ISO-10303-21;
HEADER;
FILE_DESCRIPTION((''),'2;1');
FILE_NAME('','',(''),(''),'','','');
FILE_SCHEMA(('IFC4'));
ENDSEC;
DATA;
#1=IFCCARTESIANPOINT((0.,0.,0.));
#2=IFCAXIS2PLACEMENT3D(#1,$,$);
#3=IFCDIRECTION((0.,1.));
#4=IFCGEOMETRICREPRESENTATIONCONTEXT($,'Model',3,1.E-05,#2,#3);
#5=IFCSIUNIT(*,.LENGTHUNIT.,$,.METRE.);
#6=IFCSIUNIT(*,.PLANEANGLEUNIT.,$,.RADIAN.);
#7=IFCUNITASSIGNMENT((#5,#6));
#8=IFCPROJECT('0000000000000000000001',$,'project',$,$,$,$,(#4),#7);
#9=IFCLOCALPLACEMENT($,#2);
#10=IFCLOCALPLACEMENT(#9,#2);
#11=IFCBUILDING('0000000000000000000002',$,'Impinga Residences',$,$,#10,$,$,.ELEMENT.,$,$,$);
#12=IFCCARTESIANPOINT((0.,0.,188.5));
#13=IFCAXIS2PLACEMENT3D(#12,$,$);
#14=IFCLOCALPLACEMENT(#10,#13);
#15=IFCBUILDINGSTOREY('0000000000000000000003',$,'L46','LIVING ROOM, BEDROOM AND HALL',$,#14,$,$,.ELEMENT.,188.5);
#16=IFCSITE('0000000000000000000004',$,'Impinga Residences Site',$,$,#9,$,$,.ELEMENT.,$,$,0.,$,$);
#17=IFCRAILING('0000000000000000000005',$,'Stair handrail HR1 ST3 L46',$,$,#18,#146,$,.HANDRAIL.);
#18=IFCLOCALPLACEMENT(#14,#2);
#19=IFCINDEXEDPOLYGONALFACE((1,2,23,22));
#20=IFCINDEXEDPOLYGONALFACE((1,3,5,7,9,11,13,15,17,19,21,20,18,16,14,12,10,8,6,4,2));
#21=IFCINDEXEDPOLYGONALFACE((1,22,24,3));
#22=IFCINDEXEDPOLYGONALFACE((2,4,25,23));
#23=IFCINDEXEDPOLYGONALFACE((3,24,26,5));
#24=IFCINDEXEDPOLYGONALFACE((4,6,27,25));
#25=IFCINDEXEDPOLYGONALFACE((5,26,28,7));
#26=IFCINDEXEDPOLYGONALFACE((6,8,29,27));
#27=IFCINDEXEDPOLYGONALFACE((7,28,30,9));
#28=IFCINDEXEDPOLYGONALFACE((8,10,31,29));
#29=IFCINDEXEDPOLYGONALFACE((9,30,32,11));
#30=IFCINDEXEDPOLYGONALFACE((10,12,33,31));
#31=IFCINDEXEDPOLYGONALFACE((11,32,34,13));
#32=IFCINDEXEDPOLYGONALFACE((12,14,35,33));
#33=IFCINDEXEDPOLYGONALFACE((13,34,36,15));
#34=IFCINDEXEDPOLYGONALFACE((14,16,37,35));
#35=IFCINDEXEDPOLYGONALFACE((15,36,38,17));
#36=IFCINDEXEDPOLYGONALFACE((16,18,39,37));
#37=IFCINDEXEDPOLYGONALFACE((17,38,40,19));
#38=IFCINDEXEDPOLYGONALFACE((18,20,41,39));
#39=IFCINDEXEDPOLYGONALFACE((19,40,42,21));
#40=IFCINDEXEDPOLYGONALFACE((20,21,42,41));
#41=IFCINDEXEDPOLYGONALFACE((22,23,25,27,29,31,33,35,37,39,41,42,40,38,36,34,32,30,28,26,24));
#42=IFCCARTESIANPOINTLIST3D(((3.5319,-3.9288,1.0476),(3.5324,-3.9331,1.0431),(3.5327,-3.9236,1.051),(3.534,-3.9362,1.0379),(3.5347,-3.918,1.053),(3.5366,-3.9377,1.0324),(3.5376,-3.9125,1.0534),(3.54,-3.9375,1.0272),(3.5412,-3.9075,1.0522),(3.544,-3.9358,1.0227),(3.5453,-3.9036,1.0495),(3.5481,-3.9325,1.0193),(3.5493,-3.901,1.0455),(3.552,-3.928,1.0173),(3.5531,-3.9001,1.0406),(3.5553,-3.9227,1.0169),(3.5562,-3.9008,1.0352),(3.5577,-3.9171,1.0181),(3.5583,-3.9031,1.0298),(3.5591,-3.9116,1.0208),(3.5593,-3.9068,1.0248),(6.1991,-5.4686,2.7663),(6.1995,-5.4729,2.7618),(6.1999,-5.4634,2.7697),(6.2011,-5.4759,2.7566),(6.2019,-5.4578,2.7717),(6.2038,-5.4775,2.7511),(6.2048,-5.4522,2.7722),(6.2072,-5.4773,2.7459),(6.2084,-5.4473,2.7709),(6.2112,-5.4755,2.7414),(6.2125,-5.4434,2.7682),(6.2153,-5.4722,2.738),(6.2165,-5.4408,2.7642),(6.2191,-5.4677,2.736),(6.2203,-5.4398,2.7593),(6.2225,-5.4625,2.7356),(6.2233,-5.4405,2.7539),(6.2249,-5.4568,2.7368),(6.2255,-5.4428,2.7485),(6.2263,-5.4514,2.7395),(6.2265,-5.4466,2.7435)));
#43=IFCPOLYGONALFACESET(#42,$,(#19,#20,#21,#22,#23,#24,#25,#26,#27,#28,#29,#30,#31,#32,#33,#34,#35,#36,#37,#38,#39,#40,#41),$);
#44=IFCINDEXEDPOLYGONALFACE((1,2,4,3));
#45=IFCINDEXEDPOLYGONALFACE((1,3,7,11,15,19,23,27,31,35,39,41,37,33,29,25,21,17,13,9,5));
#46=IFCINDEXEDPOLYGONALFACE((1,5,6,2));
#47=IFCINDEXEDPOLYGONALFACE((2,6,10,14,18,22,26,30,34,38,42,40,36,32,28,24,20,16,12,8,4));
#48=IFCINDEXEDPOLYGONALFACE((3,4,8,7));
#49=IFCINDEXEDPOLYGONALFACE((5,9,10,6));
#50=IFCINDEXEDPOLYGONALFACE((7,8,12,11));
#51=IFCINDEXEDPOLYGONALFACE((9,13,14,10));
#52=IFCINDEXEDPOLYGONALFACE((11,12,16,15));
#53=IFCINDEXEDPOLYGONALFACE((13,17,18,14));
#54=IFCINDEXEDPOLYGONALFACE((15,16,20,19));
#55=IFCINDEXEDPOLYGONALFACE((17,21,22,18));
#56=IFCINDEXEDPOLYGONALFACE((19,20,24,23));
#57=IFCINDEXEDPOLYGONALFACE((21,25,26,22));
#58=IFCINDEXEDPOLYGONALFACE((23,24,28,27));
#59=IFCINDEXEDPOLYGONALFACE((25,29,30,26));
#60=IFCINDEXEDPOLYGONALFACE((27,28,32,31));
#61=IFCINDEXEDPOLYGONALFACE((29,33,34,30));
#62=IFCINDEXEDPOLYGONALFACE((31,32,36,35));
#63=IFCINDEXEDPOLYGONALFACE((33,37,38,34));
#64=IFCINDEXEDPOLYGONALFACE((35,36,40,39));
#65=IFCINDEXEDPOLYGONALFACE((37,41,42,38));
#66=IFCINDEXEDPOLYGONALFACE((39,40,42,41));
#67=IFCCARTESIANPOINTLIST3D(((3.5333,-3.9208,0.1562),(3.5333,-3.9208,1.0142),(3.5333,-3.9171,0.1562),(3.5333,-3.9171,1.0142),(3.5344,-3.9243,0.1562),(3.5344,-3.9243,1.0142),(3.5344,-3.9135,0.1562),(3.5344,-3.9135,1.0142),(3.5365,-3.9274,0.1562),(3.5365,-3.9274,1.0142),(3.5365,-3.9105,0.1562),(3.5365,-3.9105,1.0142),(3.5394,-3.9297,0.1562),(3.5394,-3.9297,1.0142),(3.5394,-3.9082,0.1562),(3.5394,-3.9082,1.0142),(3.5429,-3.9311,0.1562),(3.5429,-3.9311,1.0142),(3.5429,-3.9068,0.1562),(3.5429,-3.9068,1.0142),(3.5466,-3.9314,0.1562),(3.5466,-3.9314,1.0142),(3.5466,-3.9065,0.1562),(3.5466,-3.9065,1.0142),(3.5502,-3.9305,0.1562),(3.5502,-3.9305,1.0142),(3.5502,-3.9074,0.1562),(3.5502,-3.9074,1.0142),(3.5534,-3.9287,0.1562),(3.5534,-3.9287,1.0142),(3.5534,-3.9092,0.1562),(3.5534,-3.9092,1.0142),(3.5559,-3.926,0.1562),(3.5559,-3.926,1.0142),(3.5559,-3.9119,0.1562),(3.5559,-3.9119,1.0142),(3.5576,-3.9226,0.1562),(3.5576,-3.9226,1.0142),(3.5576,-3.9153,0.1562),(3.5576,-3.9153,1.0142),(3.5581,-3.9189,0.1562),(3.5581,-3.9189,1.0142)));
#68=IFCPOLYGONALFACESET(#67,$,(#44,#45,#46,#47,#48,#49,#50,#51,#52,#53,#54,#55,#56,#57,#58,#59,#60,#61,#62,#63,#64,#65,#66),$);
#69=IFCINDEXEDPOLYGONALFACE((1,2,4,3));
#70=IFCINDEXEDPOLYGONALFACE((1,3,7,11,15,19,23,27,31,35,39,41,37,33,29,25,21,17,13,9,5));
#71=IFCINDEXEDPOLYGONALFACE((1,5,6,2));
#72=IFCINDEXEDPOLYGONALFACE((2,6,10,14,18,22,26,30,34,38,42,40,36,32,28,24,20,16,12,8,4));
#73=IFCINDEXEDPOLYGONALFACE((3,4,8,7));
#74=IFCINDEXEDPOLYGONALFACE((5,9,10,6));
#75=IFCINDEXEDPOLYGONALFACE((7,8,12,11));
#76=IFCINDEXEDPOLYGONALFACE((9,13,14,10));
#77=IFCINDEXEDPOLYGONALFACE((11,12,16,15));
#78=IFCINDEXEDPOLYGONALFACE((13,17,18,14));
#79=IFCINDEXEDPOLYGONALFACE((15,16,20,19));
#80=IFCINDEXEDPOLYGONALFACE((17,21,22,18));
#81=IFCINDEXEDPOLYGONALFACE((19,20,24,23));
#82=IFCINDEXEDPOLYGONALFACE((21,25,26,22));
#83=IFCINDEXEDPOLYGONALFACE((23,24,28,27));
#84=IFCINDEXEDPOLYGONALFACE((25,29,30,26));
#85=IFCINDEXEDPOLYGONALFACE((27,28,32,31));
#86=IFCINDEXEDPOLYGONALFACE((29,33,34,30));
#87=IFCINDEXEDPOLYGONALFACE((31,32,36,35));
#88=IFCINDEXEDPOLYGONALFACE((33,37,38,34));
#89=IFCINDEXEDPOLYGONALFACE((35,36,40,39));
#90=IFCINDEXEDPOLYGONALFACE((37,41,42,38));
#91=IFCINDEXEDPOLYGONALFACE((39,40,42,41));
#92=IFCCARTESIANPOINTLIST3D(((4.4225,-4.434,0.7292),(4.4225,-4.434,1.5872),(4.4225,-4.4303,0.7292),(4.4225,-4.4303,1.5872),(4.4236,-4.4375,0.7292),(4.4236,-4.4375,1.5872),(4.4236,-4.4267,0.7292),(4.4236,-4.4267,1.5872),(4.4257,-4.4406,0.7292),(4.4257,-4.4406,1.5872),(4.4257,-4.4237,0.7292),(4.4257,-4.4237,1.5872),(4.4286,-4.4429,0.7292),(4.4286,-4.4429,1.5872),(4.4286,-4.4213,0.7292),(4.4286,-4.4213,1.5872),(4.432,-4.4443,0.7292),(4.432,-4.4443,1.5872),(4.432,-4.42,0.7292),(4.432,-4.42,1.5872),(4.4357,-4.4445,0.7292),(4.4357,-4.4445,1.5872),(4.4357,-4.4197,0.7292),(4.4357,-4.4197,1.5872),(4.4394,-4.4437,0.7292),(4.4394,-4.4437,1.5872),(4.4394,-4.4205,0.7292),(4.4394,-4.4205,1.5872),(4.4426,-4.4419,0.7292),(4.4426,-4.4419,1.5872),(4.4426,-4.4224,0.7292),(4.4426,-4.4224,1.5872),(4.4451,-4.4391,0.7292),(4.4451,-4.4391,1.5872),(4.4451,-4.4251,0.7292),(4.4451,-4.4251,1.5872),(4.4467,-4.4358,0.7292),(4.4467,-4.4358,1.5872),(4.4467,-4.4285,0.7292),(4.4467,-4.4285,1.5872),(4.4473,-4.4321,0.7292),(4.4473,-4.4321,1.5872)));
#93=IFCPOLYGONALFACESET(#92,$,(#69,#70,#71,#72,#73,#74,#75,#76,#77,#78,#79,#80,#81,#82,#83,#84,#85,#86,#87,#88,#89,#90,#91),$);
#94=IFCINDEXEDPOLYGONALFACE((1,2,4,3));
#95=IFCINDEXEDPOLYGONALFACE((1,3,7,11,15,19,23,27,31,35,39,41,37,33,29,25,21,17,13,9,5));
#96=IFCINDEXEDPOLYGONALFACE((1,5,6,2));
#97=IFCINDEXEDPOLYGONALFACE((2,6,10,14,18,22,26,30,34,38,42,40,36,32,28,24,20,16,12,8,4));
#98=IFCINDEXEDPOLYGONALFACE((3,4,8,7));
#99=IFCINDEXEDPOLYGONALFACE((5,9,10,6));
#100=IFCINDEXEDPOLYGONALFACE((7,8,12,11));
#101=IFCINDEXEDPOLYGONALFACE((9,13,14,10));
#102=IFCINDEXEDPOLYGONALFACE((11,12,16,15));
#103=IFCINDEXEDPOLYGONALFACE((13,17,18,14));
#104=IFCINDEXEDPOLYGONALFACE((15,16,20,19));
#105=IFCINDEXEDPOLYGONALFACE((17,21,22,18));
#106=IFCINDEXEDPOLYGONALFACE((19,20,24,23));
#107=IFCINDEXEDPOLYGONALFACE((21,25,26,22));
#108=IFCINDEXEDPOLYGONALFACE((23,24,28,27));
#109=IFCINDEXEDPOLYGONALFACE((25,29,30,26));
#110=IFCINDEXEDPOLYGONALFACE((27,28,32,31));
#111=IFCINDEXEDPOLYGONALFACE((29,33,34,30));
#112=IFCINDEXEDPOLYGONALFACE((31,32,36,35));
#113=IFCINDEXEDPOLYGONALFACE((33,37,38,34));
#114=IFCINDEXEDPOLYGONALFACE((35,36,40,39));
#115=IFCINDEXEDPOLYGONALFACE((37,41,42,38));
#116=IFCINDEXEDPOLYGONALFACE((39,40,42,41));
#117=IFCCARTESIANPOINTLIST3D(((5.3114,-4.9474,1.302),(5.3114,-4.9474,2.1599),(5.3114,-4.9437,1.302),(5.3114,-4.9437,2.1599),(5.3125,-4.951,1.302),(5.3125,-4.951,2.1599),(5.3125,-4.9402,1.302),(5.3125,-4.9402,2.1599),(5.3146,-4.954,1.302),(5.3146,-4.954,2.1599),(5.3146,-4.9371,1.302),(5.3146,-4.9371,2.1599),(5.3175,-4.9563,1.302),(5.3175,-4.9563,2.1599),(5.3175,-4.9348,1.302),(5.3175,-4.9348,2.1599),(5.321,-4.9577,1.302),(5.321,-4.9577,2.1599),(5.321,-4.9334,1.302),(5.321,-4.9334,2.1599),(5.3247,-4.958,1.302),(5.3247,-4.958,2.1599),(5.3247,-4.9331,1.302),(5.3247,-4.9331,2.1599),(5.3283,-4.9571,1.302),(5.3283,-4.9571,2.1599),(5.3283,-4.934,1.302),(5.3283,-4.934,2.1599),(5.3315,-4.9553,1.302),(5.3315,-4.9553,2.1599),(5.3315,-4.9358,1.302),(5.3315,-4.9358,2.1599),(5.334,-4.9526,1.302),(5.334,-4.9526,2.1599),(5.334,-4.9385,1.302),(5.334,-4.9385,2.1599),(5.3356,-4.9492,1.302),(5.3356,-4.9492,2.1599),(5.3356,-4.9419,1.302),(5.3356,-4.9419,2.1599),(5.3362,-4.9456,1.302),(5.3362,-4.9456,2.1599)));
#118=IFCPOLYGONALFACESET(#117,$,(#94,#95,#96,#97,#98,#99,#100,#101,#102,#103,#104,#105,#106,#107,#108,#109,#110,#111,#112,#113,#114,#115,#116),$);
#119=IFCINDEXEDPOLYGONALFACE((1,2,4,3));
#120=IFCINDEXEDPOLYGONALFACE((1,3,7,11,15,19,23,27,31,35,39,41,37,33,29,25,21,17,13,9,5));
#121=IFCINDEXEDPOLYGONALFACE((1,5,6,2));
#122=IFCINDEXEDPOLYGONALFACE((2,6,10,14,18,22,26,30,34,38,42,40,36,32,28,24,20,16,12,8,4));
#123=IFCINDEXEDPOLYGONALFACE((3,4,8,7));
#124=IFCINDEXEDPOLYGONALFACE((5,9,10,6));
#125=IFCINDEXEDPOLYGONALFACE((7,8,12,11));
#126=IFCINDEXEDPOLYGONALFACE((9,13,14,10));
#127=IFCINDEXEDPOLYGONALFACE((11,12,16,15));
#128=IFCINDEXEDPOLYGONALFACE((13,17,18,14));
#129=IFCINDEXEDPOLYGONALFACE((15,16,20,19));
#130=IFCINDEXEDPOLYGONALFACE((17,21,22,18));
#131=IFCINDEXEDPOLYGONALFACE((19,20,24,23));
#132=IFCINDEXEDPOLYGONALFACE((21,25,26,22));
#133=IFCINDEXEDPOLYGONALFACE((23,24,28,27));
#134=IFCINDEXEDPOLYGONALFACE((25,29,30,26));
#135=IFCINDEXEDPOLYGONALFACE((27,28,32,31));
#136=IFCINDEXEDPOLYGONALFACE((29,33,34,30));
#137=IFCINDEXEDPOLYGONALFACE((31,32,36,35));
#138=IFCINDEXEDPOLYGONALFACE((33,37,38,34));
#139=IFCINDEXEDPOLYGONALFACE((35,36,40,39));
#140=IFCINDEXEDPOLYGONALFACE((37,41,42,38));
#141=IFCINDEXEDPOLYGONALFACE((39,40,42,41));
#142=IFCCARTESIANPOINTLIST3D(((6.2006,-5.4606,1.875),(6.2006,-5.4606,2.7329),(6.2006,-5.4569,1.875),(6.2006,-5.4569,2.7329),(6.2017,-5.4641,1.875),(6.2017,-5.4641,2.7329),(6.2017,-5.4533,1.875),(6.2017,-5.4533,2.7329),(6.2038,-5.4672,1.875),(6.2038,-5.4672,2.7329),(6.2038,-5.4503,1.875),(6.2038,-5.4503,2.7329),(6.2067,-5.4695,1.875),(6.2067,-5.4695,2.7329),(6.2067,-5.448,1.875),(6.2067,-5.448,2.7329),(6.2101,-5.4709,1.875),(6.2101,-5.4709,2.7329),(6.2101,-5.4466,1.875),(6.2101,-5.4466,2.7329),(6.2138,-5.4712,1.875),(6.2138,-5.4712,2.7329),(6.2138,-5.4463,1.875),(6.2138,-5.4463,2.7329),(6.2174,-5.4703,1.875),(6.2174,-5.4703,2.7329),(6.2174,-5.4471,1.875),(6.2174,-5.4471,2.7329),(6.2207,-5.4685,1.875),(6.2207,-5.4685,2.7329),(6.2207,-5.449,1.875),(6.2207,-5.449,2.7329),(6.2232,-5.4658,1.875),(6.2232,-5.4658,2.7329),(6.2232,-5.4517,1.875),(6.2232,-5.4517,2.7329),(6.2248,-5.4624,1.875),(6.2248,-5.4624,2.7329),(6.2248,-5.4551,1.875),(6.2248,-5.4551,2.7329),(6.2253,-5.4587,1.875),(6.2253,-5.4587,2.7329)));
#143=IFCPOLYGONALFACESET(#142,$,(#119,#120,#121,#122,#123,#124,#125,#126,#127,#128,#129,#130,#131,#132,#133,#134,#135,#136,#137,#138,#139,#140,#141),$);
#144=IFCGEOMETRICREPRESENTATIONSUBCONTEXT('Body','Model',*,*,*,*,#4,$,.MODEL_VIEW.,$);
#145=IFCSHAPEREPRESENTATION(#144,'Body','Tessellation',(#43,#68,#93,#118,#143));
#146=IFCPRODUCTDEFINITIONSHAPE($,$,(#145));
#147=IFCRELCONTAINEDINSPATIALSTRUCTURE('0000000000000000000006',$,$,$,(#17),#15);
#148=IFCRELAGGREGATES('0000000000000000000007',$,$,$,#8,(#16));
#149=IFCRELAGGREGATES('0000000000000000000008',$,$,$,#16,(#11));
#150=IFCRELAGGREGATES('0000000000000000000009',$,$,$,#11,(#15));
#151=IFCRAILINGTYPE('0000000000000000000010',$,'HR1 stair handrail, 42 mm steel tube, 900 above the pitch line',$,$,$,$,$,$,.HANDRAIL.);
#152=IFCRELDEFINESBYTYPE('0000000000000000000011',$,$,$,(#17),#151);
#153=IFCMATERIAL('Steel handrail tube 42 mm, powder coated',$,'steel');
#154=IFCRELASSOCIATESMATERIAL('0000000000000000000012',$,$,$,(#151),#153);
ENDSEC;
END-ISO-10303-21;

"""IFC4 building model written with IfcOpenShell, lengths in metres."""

from ifc_helpers import new_model, si_unit, direction, frame, origin, origin_2d, place, context, subcontext, project, spatial, circle, extrude, material, type_object, element, save


model = new_model("IFC4")

# Units and contexts
model_context = context("Model", 3, precision=1e-05, world=origin(), true_north=direction((0.0, 1.0)))
body_context = subcontext(model_context, "Body", "Model", "MODEL_VIEW")
ifc_project = project(units=[si_unit("LENGTHUNIT", "METRE"), si_unit("PLANEANGLEUNIT", "RADIAN")], contexts=[model_context])

# Site, building, storey
site_placement = place(None, origin())
site = spatial("IfcSite", under=ifc_project, at=site_placement, Name="Impinga Residences Site", CompositionType="ELEMENT", RefElevation=0.0)
building_placement = place(site_placement, origin())
building = spatial("IfcBuilding", under=site, at=building_placement, Name="Impinga Residences", CompositionType="ELEMENT")
storey_placement = place(building_placement, frame((0.0, 0.0, 188.5)))
storey = spatial("IfcBuildingStorey", under=building, at=storey_placement, Name="L46", Description="LIVING ROOM, BEDROOM AND HALL", CompositionType="ELEMENT", Elevation=188.5)

# Railing
ifc_material_1 = material(Name="Steel handrail tube 42 mm, powder coated", Category="steel")
railing_type_1 = type_object("IfcRailingType", Name="HR1 stair handrail, 42 mm steel tube, 900 above the pitch line", PredefinedType="HANDRAIL", material=ifc_material_1)
railing_1_placement = place(storey_placement, frame((3.5457, -3.9189, 0.1562)))
element("IfcRailing", 1, at=railing_1_placement, inside=storey, type_object=railing_type_1, Name="Stair handrail HR1 ST3 L46", PredefinedType="HANDRAIL", context=body_context, shape_type="SweptSolid", body=[
    extrude(circle(Radius=0.021, at=origin_2d()), frame((0.0, 0.0, 0.8789), z_axis=(0.756249, -0.436582, 0.487322), x_axis=(0.499967, 0.866044, 0.0)), (0.0, 0.0, 1.0), 3.5269),
    extrude(circle(Radius=0.0125, at=origin_2d()), origin(), (0.0, 0.0, 1.0), 0.8579),
    extrude(circle(Radius=0.0125, at=origin_2d()), frame((0.8892, -0.5132, 0.573)), (0.0, 0.0, 1.0), 0.8579),
    extrude(circle(Radius=0.0125, at=origin_2d()), frame((1.7781, -1.0266, 1.1458)), (0.0, 0.0, 1.0), 0.8579),
    extrude(circle(Radius=0.0125, at=origin_2d()), frame((2.6672, -1.5398, 1.7188)), (0.0, 0.0, 1.0), 0.8579),
])

save(model, "model.ifc")
